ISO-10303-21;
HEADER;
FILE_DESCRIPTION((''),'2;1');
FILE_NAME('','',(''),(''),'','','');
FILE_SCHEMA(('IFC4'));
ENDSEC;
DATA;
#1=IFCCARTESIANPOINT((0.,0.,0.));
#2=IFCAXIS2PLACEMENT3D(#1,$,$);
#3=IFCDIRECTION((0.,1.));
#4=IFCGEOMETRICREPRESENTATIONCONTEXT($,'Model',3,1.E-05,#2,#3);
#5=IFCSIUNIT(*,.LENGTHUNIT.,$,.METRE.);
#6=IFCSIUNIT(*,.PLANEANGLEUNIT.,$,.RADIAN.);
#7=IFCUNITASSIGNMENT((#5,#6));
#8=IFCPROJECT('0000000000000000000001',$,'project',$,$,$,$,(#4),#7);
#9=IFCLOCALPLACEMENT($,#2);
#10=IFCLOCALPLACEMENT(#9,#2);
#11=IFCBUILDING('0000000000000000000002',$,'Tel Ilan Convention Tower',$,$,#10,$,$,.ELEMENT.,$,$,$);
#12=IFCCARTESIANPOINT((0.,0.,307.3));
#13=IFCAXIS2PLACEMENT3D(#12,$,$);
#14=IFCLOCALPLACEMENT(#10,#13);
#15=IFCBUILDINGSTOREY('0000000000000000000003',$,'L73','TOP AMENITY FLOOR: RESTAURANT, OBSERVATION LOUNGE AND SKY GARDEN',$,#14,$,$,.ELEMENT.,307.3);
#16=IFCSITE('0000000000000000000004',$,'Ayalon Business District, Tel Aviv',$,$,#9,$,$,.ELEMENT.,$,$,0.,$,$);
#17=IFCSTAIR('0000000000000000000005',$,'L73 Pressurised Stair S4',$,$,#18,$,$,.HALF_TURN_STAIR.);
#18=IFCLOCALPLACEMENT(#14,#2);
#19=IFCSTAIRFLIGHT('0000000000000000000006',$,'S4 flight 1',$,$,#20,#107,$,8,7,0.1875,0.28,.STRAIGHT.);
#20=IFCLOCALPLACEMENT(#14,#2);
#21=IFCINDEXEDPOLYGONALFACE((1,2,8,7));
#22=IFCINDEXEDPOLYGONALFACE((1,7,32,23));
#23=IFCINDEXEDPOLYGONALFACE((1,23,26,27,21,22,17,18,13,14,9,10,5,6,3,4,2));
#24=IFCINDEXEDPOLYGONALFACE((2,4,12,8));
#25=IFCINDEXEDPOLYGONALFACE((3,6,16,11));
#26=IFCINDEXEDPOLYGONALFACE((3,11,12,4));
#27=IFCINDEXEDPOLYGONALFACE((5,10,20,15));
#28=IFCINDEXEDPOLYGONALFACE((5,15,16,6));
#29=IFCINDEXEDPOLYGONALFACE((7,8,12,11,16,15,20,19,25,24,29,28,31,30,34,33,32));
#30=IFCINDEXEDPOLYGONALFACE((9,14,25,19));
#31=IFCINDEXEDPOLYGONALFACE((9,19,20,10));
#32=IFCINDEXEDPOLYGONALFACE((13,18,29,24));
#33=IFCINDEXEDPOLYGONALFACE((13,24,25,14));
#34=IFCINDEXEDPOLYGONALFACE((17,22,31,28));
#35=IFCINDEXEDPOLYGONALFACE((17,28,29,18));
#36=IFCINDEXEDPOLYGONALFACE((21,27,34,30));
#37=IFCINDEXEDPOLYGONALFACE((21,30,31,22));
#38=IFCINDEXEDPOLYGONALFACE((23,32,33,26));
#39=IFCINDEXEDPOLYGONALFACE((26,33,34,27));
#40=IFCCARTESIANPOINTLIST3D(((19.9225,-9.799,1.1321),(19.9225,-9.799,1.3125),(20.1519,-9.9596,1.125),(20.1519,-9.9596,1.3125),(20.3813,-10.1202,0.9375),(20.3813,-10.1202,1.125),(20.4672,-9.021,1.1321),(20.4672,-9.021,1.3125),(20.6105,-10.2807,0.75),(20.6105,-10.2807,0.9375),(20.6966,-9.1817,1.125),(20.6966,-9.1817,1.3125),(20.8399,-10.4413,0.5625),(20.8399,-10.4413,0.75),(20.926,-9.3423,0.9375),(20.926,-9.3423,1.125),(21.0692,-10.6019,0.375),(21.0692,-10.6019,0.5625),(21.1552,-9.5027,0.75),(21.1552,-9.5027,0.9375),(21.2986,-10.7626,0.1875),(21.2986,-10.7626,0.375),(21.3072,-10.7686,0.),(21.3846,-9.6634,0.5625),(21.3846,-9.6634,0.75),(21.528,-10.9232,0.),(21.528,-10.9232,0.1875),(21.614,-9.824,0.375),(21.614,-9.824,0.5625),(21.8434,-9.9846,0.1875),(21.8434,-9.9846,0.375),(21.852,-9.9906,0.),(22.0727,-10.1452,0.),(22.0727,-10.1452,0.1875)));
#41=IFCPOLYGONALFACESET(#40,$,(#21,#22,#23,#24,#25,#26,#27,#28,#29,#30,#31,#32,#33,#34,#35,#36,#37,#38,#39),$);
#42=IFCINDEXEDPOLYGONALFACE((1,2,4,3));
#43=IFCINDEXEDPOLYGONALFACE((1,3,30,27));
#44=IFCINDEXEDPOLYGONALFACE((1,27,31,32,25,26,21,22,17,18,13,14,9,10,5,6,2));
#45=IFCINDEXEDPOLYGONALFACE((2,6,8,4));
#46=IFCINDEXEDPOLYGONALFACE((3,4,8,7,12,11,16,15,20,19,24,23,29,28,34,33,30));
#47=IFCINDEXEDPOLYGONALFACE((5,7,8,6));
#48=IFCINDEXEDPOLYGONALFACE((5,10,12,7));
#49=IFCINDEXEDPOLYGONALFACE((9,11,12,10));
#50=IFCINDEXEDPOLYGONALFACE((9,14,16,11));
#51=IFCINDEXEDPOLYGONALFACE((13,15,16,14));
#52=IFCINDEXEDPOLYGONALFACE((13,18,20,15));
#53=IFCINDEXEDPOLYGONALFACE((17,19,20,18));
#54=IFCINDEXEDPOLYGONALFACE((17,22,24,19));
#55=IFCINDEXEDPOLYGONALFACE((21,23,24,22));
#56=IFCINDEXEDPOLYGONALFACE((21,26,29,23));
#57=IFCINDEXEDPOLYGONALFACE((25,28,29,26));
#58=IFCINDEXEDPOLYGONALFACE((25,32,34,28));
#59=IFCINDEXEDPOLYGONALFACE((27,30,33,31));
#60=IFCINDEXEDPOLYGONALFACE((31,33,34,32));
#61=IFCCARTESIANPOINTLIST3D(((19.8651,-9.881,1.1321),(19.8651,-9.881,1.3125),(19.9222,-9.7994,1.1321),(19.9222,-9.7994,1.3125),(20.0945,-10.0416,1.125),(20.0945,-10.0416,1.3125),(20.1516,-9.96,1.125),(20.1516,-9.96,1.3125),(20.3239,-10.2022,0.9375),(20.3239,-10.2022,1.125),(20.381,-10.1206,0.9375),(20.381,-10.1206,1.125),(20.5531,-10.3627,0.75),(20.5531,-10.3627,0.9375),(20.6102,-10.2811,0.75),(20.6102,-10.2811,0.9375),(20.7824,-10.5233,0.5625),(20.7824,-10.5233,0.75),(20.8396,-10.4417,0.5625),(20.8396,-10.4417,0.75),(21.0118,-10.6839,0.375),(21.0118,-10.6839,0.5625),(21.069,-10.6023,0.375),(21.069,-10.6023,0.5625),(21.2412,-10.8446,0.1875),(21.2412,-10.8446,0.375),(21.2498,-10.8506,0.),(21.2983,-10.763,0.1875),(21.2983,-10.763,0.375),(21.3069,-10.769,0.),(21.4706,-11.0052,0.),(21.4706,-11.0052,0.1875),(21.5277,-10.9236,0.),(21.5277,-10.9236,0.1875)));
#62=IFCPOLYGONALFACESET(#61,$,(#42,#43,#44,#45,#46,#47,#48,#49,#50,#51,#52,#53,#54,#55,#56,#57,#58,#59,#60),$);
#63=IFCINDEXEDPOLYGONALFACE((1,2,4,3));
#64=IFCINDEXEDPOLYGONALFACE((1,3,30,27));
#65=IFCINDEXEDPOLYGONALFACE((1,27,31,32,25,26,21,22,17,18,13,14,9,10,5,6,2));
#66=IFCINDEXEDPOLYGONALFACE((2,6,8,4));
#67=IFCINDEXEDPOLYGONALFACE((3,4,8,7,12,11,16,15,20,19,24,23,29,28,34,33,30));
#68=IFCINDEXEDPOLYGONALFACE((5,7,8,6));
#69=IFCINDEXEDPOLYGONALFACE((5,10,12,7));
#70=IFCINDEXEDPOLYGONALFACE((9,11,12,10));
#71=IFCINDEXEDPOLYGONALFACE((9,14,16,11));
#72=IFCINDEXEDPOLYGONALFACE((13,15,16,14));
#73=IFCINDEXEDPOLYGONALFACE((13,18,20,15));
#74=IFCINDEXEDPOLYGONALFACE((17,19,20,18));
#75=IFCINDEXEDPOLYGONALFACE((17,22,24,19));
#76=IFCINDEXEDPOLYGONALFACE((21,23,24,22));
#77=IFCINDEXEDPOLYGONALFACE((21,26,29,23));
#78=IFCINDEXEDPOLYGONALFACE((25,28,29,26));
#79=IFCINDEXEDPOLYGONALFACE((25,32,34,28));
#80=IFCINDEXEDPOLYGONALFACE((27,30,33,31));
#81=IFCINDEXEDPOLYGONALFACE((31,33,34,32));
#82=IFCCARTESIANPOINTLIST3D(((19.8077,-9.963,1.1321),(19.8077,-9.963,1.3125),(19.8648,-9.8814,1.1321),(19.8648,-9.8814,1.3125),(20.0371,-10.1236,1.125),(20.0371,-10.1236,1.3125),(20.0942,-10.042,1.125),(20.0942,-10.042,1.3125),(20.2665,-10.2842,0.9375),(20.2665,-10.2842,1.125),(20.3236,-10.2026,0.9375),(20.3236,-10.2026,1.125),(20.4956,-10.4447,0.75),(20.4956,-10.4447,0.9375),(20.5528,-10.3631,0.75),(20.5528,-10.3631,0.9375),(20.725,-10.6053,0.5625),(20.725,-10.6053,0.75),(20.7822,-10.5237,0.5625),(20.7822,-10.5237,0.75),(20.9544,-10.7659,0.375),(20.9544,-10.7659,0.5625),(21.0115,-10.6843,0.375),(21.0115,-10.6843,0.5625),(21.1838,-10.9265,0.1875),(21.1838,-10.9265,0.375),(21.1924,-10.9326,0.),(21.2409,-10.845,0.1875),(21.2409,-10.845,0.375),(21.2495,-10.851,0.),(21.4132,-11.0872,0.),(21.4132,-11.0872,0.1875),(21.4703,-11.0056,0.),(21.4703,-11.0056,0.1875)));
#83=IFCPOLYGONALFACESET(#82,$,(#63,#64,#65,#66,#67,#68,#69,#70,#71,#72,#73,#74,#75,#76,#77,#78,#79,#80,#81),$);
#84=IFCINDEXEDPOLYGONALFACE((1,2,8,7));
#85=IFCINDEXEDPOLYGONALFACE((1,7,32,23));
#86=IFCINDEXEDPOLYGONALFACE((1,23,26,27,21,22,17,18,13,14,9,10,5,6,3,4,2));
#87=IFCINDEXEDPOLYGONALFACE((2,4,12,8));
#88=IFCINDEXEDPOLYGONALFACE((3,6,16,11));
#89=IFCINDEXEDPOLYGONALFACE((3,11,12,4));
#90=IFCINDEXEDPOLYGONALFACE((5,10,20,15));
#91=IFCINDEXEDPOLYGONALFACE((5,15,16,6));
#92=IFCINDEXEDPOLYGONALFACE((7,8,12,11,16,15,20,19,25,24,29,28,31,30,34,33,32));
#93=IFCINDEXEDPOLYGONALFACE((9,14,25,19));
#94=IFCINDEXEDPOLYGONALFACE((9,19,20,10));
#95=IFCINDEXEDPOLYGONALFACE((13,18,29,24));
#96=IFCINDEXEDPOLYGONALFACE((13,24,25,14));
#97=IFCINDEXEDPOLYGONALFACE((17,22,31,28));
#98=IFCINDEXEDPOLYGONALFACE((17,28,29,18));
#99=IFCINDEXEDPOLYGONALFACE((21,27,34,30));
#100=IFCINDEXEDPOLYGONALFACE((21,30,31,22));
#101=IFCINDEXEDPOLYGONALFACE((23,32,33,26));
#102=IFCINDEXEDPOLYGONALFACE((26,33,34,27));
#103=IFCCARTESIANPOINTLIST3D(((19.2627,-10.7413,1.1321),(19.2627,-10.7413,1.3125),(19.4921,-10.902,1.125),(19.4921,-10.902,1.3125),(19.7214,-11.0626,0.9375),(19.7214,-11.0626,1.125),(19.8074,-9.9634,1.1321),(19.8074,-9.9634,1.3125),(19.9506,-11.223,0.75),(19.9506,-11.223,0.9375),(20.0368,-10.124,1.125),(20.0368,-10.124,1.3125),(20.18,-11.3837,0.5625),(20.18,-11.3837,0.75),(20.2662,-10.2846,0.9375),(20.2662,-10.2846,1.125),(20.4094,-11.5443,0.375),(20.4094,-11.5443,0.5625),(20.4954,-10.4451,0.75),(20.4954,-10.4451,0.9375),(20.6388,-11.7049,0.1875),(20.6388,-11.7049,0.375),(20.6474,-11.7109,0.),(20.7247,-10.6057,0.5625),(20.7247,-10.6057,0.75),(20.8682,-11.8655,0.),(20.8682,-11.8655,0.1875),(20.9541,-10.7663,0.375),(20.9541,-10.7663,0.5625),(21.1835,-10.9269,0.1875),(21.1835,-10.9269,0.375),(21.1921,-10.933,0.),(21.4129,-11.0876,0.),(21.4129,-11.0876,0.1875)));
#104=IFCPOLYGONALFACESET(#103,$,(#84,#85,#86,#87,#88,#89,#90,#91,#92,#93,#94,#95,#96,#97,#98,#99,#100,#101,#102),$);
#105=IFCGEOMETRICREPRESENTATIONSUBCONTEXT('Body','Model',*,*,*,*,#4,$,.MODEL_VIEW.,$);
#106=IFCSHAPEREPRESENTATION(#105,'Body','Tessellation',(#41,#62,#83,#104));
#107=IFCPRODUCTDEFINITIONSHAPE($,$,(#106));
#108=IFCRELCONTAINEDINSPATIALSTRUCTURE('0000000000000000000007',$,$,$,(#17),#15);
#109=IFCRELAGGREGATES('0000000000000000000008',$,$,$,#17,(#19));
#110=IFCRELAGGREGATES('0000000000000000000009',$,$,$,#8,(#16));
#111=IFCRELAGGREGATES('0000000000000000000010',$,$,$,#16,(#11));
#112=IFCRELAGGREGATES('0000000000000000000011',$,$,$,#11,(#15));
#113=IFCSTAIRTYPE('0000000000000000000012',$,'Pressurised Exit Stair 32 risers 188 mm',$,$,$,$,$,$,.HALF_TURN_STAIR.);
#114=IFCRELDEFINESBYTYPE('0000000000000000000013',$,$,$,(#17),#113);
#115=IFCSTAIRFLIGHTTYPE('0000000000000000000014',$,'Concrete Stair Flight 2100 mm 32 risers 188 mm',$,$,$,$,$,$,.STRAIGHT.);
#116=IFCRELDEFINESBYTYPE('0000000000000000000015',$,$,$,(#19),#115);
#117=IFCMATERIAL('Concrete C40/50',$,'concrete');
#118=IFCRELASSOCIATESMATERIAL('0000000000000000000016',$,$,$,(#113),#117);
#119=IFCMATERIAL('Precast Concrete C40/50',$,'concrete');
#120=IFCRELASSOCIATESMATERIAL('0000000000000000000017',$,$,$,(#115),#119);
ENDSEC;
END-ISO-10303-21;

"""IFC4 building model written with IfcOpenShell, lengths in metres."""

from ifc_helpers import new_model, si_unit, direction, frame, origin, place, context, subcontext, project, spatial, polyline, outline, extrude, material, type_object, element, aggregate, save


model = new_model("IFC4")

# Units and contexts
model_context = context("Model", 3, precision=1e-05, world=origin(), true_north=direction((0.0, 1.0)))
body_context = subcontext(model_context, "Body", "Model", "MODEL_VIEW")
ifc_project = project(units=[si_unit("LENGTHUNIT", "METRE"), si_unit("PLANEANGLEUNIT", "RADIAN")], contexts=[model_context])

# Site, building, storey
site_placement = place(None, origin())
site = spatial("IfcSite", under=ifc_project, at=site_placement, Name="Ayalon Business District, Tel Aviv", CompositionType="ELEMENT", RefElevation=0.0)
building_placement = place(site_placement, origin())
building = spatial("IfcBuilding", under=site, at=building_placement, Name="Tel Ilan Convention Tower", CompositionType="ELEMENT")
storey_placement = place(building_placement, frame((0.0, 0.0, 307.3)))
storey = spatial("IfcBuildingStorey", under=building, at=storey_placement, Name="L73", Description="TOP AMENITY FLOOR: RESTAURANT, OBSERVATION LOUNGE AND SKY GARDEN", CompositionType="ELEMENT", Elevation=307.3)

# Stair, stair flight
ifc_material_1 = material(Name="Concrete C40/50", Category="concrete")
stair_type = type_object("IfcStairType", Name="Pressurised Exit Stair 32 risers 188 mm", PredefinedType="HALF_TURN_STAIR", material=ifc_material_1)
stair_placement = place(storey_placement, origin())
stair = element("IfcStair", 1, at=stair_placement, inside=storey, type_object=stair_type, Name="L73 Pressurised Stair S4", PredefinedType="HALF_TURN_STAIR")
ifc_material_2 = material(Name="Precast Concrete C40/50", Category="concrete")
stair_flight_type = type_object("IfcStairFlightType", Name="Concrete Stair Flight 2100 mm 32 risers 188 mm", PredefinedType="STRAIGHT", material=ifc_material_2)
stair_flight_1_placement = place(storey_placement, frame((21.4705, -11.0054, 0.0), z_axis=(0.0, 0.0, 1.0), x_axis=(-0.819152, 0.573576, 0.0)))
stair_flight_1 = element("IfcStairFlight", 2, at=stair_flight_1_placement, type_object=stair_flight_type, Name="S4 flight 1", NumberOfRisers=8, NumberOfTreads=7, PredefinedType="STRAIGHT", RiserHeight=0.1875, TreadLength=0.28, context=body_context, shape_type="SweptSolid", body=[
    extrude(outline(polyline([(0.0, 0.0), (0.0, 0.1875), (0.28, 0.1875), (0.28, 0.375), (0.5601, 0.375), (0.5601, 0.5625), (0.8401, 0.5625), (0.8401, 0.75), (1.1201, 0.75), (1.1201, 0.9375), (1.3999, 0.9375), (1.3999, 1.125), (1.6799, 1.125), (1.6799, 1.3125), (1.96, 1.3125), (1.96, 1.5), (1.96, 1.1321), (0.2695, 0.0), (0.0, 0.0)])), frame((0.0, -0.1003, 0.0), z_axis=(0.0, -1.0, 0.0), x_axis=(1.0, 0.0, 0.0)), (0.0, 0.0, 1.0), 0.9497),
    extrude(outline(polyline([(0.0, 0.0), (0.0, 0.1875), (0.28, 0.1875), (0.28, 0.375), (0.5601, 0.375), (0.5601, 0.5625), (0.8401, 0.5625), (0.8401, 0.75), (1.1201, 0.75), (1.1201, 0.9375), (1.3999, 0.9375), (1.3999, 1.125), (1.6799, 1.125), (1.6799, 1.3125), (1.96, 1.3125), (1.96, 1.5), (1.96, 1.1321), (0.2695, 0.0), (0.0, 0.0)])), frame((0.0, -0.0002, 0.0), z_axis=(0.0, -1.0, 0.0), x_axis=(1.0, 0.0, 0.0)), (0.0, 0.0, 1.0), 0.0996),
    extrude(outline(polyline([(0.0, 0.0), (0.0, 0.1875), (0.28, 0.1875), (0.28, 0.375), (0.5601, 0.375), (0.5601, 0.5625), (0.8401, 0.5625), (0.8401, 0.75), (1.1201, 0.75), (1.1201, 0.9375), (1.3999, 0.9375), (1.3999, 1.125), (1.6799, 1.125), (1.6799, 1.3125), (1.96, 1.3125), (1.96, 1.5), (1.96, 1.1321), (0.2695, 0.0), (0.0, 0.0)])), frame((0.0, 0.0999, 0.0), z_axis=(0.0, -1.0, 0.0), x_axis=(1.0, 0.0, 0.0)), (0.0, 0.0, 1.0), 0.0996),
    extrude(outline(polyline([(0.0, 0.0), (0.0, 0.1875), (0.28, 0.1875), (0.28, 0.375), (0.5601, 0.375), (0.5601, 0.5625), (0.8401, 0.5625), (0.8401, 0.75), (1.1201, 0.75), (1.1201, 0.9375), (1.3999, 0.9375), (1.3999, 1.125), (1.6799, 1.125), (1.6799, 1.3125), (1.96, 1.3125), (1.96, 1.5), (1.96, 1.1321), (0.2695, 0.0), (0.0, 0.0)])), frame((0.0, 1.05, 0.0), z_axis=(0.0, -1.0, 0.0), x_axis=(1.0, 0.0, 0.0)), (0.0, 0.0, 1.0), 0.9497),
])
aggregate(stair, [stair_flight_1])

save(model, "model.ifc")
